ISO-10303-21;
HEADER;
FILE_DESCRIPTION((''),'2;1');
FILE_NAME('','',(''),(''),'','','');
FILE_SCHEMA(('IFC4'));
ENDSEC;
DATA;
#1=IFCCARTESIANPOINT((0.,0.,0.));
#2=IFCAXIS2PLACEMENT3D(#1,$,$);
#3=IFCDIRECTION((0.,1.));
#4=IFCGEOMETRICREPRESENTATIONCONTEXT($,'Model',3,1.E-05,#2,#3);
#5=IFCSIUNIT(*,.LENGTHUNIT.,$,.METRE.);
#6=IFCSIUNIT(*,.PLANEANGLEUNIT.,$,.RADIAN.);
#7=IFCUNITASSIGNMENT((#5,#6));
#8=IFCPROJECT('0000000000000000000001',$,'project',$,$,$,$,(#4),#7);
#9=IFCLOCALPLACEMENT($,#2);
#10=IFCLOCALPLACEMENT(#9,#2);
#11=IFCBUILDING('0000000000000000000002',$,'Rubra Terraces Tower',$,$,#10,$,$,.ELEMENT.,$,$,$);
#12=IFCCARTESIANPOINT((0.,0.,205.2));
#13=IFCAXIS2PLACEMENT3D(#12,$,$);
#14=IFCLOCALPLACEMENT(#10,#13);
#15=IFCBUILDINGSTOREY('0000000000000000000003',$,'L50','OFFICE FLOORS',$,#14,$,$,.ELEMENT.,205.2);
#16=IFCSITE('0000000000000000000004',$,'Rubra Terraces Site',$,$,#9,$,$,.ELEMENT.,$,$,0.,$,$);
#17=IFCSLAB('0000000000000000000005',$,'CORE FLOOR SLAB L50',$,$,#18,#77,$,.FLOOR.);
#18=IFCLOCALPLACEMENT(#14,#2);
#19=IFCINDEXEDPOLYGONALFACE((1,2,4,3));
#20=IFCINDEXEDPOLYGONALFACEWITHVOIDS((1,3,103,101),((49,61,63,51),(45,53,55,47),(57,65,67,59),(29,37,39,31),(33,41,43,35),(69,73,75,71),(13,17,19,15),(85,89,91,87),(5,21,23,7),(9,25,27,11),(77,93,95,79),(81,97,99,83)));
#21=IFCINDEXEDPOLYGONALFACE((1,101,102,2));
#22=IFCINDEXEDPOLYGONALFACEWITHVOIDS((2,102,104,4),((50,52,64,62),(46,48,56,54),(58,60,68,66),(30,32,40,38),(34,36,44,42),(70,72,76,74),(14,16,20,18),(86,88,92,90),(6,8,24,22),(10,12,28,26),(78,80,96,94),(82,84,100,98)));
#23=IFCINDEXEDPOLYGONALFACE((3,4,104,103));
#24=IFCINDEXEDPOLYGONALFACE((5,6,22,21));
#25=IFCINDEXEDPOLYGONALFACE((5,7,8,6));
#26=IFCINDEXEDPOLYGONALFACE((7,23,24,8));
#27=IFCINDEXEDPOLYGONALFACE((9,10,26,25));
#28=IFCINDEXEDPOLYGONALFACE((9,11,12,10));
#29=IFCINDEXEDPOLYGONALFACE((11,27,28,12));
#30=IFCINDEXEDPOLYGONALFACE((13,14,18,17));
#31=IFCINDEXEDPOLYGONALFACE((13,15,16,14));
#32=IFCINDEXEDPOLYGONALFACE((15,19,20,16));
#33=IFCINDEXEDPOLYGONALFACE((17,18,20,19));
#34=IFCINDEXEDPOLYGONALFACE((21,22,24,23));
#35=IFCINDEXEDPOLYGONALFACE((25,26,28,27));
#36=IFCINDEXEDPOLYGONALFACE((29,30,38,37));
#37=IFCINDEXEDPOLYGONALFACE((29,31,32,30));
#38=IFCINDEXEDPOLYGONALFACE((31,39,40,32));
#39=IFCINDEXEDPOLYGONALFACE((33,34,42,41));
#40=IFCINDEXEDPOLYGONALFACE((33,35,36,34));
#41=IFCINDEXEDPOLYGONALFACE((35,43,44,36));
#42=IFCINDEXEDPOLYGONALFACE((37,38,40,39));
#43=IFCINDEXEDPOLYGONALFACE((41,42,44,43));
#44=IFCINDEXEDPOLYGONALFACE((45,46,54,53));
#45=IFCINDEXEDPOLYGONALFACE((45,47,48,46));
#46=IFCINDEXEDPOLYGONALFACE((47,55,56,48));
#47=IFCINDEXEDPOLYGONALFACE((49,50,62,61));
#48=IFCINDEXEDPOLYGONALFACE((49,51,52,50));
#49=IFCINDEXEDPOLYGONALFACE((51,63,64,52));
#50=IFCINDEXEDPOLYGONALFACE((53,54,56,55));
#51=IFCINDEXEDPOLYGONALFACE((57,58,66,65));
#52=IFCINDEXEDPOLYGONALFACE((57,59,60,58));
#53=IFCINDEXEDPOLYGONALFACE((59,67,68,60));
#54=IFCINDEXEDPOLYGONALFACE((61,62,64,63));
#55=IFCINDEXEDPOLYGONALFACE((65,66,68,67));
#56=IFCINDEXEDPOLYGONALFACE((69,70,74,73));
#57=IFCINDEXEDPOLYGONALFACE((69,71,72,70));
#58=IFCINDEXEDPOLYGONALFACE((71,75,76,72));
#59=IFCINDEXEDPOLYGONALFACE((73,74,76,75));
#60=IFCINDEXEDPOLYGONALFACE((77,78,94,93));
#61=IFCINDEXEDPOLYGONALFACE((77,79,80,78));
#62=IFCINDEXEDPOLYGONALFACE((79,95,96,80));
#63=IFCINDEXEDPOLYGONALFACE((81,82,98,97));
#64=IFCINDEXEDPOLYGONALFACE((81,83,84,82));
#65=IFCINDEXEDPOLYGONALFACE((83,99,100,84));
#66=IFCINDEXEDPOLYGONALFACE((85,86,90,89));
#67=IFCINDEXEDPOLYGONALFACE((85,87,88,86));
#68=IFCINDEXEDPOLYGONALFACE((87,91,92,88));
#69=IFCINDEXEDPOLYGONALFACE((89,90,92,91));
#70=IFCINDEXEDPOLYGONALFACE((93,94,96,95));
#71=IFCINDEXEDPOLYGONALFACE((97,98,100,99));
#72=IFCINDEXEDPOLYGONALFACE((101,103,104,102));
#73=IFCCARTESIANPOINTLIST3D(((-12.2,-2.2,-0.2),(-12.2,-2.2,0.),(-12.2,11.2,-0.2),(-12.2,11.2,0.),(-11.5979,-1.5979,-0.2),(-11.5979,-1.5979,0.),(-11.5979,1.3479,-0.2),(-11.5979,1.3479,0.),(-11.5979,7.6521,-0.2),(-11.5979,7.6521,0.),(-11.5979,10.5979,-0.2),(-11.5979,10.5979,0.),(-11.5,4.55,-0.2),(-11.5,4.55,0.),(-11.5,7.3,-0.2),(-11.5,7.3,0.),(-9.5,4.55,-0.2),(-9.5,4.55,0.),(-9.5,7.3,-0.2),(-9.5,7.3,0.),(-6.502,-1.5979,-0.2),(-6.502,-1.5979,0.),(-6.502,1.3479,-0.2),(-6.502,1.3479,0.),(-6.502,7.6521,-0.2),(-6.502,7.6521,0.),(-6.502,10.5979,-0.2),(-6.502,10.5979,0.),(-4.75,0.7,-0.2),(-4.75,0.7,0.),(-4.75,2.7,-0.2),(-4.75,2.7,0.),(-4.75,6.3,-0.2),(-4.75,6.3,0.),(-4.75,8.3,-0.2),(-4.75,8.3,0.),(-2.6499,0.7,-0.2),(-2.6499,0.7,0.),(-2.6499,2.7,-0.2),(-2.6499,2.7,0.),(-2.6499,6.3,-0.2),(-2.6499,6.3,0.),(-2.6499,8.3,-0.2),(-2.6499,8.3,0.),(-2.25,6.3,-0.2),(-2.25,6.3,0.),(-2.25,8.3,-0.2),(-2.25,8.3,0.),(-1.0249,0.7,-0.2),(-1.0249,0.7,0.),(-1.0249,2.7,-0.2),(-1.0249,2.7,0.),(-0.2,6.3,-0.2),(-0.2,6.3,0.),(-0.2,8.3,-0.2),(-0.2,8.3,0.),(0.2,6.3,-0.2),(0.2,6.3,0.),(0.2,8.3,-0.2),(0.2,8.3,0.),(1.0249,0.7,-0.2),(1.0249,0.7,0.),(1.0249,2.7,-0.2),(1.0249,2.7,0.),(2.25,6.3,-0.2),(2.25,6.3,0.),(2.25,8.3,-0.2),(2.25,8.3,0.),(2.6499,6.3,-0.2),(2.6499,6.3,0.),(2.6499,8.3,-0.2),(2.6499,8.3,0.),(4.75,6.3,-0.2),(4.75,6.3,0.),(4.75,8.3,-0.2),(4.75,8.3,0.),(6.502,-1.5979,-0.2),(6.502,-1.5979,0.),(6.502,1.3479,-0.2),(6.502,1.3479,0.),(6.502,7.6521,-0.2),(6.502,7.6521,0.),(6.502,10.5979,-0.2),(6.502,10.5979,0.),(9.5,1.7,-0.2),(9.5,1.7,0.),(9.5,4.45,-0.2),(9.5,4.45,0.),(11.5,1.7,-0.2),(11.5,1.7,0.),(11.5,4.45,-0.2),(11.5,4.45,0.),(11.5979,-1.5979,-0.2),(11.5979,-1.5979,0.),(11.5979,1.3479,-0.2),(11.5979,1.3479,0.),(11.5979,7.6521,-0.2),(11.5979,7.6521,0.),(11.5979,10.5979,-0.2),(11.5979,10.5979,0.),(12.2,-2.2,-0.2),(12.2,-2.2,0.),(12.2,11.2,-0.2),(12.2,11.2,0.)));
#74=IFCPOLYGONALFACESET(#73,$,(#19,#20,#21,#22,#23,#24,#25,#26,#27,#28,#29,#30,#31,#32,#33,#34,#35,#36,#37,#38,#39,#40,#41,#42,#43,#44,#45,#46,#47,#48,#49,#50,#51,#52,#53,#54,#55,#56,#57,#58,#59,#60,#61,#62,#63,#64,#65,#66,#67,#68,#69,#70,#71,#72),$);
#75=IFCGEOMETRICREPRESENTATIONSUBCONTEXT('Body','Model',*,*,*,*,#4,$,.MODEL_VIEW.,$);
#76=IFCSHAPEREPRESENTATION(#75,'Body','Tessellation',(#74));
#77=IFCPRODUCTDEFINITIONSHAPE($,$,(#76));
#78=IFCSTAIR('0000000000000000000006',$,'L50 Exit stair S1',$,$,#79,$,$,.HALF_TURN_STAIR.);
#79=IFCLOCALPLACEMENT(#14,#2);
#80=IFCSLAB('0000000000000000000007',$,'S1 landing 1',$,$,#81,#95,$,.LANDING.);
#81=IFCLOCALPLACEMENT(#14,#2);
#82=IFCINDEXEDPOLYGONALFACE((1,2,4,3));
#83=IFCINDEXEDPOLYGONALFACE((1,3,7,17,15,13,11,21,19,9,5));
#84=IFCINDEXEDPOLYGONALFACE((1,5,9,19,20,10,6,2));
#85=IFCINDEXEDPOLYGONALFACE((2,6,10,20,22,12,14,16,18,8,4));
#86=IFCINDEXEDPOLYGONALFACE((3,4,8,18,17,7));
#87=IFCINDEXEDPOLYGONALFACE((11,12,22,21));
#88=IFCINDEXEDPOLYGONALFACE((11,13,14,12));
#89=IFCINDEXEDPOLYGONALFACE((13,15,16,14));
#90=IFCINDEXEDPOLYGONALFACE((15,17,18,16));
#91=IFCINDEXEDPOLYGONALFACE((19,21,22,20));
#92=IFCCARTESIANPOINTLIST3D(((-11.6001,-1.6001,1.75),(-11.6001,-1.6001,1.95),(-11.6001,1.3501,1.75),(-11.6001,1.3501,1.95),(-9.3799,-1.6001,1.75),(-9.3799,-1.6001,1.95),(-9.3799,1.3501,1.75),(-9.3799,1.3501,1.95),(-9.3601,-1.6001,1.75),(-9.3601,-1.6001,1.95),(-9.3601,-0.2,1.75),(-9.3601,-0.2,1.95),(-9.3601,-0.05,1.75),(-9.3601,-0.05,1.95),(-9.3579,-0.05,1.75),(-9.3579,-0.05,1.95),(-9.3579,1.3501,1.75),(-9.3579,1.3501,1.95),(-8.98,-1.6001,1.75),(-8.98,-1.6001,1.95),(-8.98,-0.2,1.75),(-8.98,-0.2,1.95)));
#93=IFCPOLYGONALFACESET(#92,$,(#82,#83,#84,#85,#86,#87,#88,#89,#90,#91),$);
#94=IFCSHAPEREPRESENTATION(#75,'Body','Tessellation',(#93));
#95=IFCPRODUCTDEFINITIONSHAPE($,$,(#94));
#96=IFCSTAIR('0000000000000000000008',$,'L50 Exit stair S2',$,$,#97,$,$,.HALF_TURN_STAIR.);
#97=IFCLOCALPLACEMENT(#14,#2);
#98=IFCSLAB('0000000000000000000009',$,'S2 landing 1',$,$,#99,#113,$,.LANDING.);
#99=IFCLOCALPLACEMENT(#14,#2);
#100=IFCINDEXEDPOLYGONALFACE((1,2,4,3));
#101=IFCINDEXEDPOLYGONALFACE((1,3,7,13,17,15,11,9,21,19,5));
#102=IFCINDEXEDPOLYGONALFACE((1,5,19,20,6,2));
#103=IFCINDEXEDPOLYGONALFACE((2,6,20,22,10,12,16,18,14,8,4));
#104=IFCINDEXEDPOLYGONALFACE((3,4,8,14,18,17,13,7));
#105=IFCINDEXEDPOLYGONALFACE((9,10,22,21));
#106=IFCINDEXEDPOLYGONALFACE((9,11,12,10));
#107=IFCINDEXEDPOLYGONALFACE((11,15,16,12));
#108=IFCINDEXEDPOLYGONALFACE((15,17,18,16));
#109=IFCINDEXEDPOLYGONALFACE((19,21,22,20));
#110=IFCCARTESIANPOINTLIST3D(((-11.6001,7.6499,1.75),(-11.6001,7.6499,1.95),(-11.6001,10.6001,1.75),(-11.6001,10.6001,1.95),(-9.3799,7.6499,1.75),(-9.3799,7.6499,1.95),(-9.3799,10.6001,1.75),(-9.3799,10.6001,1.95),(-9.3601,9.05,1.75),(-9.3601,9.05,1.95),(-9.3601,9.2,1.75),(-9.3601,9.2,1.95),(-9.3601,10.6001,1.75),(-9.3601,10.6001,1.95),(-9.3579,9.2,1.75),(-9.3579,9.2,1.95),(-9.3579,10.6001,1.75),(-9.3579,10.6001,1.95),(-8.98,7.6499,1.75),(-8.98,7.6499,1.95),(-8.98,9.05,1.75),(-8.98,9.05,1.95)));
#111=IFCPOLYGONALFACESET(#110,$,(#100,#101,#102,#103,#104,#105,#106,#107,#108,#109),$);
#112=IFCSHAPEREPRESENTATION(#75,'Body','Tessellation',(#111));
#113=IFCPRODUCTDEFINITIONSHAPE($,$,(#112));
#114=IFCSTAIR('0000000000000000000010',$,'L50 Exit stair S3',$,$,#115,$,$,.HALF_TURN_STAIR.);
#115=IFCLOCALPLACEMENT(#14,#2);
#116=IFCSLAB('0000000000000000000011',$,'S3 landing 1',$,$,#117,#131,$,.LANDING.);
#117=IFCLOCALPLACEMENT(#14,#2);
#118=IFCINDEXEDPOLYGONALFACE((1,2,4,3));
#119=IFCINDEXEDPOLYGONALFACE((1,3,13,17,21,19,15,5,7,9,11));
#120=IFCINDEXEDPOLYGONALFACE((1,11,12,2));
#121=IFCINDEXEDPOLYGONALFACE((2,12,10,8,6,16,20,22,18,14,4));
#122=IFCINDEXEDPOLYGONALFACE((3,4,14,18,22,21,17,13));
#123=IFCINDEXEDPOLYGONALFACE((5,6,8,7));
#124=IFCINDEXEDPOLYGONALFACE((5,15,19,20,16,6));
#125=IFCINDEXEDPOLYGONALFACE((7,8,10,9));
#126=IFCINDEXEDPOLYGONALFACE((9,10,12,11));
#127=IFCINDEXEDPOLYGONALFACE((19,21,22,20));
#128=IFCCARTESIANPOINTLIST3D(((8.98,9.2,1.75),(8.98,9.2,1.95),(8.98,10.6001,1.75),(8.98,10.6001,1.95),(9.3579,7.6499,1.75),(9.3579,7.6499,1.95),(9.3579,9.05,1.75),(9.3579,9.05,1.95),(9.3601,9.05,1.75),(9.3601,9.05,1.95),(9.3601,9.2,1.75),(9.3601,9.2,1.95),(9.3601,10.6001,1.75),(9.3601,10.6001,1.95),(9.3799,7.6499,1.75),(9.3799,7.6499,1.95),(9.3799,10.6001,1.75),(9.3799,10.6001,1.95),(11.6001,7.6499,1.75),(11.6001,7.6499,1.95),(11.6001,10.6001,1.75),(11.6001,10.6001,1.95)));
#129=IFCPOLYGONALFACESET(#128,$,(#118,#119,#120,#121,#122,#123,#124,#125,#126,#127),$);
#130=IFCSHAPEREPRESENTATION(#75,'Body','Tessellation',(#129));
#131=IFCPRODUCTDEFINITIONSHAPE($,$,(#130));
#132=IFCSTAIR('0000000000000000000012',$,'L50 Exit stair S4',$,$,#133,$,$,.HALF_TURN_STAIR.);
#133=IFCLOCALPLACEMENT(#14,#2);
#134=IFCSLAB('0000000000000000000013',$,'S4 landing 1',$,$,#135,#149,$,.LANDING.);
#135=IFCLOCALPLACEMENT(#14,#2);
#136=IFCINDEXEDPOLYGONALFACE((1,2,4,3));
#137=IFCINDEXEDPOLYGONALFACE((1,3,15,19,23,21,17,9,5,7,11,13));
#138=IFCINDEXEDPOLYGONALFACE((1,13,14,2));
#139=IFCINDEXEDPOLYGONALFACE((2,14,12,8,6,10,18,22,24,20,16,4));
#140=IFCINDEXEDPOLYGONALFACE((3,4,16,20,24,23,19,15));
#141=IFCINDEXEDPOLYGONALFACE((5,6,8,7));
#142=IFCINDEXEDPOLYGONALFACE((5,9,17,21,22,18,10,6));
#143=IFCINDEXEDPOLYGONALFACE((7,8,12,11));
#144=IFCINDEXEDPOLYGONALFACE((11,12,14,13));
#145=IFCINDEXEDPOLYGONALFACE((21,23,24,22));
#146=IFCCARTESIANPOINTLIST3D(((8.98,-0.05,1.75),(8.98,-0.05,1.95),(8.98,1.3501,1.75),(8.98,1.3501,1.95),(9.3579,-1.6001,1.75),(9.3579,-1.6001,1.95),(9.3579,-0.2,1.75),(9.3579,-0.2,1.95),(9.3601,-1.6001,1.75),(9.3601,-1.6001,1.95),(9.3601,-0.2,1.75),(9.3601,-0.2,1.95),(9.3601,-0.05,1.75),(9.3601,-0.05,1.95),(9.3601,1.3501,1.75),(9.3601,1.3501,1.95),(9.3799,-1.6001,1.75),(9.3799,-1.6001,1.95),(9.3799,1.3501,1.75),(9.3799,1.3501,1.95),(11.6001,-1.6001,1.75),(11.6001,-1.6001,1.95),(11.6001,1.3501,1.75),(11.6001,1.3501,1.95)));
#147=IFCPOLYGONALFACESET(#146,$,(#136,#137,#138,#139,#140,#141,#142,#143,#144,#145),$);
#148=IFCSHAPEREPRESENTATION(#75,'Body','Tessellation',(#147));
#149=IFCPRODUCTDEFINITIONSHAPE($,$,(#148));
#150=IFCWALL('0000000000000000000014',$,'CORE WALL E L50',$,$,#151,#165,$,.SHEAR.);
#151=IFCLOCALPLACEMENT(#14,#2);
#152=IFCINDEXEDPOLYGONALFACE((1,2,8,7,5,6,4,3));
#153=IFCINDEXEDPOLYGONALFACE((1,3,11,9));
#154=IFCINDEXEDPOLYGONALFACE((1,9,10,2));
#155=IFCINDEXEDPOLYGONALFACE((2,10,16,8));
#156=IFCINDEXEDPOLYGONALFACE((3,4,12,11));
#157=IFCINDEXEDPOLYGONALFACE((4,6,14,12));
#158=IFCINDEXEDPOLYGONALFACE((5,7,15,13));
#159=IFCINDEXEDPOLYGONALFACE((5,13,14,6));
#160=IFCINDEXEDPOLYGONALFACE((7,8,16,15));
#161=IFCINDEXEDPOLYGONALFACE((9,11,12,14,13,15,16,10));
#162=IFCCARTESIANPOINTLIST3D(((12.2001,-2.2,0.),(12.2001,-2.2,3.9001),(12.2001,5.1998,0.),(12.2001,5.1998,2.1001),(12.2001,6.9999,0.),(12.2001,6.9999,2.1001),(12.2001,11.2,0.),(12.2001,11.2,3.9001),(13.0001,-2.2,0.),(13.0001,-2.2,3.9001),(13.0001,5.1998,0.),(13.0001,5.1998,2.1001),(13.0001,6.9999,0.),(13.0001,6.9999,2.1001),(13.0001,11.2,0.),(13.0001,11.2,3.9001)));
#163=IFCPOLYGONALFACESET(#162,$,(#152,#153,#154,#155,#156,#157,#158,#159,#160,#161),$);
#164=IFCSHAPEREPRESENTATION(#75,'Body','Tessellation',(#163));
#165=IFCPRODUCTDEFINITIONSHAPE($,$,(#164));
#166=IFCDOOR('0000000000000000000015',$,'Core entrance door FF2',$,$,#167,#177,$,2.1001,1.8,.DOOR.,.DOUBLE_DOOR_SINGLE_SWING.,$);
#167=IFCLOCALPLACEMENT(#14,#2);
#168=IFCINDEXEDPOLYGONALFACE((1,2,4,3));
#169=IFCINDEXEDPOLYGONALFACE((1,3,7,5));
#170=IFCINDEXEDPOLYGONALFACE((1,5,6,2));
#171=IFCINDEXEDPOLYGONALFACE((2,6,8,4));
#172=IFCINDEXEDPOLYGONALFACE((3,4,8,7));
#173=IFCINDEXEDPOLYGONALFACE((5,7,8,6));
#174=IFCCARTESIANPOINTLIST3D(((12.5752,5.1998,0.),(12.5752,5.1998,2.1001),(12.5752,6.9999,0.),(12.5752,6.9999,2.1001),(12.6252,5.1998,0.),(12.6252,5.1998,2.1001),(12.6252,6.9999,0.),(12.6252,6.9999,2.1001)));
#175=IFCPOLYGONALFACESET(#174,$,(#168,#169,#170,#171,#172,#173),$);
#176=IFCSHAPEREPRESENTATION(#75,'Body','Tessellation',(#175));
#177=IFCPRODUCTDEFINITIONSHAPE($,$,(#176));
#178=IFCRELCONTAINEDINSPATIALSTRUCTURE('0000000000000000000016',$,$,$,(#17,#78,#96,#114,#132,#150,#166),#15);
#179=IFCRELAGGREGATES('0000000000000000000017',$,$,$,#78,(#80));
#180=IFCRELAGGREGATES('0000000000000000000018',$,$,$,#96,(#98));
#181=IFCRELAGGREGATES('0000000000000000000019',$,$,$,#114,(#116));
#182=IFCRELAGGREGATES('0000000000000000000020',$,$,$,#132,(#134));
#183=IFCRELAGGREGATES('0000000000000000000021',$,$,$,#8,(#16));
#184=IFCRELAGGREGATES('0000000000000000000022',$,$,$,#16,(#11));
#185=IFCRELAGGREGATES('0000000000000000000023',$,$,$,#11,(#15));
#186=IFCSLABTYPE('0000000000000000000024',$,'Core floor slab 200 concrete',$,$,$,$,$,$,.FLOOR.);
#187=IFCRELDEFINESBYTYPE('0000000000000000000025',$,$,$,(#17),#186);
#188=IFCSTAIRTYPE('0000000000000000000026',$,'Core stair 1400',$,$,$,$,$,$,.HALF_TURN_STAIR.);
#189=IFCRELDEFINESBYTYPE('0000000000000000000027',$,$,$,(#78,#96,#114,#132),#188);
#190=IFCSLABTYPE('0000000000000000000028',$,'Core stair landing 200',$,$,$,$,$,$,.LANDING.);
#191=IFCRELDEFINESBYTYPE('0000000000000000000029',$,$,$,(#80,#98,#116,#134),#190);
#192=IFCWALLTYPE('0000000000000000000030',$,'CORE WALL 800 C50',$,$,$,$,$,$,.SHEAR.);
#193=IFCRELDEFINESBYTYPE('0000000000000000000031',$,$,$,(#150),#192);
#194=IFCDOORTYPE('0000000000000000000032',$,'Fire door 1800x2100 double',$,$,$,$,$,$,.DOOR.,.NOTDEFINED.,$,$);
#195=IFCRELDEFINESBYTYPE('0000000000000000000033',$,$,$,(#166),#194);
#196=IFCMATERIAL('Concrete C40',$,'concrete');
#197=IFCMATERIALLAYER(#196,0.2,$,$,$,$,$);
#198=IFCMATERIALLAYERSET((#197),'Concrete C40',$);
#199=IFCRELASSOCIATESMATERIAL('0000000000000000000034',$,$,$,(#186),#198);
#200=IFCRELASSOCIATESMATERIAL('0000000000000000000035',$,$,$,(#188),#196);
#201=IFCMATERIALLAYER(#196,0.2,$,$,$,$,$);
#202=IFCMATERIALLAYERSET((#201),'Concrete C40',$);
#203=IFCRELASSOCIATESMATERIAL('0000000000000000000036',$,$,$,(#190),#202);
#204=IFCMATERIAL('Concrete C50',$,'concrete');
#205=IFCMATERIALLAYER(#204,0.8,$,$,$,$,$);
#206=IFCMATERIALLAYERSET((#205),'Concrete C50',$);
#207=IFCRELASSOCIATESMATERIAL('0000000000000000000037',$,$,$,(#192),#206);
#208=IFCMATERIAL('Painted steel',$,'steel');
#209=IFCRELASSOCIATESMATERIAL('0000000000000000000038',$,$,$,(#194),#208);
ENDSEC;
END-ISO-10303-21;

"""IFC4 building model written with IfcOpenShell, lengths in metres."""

from ifc_helpers import new_model, si_unit, direction, frame, frame_2d, origin, place, context, subcontext, project, spatial, polyline, rectangle, outline, extrude, material, layer, layer_set, type_object, element, fill, aggregate, save


model = new_model("IFC4")

# Units and contexts
model_context = context("Model", 3, precision=1e-05, world=origin(), true_north=direction((0.0, 1.0)))
body_context = subcontext(model_context, "Body", "Model", "MODEL_VIEW")
ifc_project = project(units=[si_unit("LENGTHUNIT", "METRE"), si_unit("PLANEANGLEUNIT", "RADIAN")], contexts=[model_context])

# Site, building, storey
site_placement = place(None, origin())
site = spatial("IfcSite", under=ifc_project, at=site_placement, Name="Rubra Terraces Site", CompositionType="ELEMENT", RefElevation=0.0)
building_placement = place(site_placement, origin())
building = spatial("IfcBuilding", under=site, at=building_placement, Name="Rubra Terraces Tower", CompositionType="ELEMENT")
storey_placement = place(building_placement, frame((0.0, 0.0, 205.2)))
storey = spatial("IfcBuildingStorey", under=building, at=storey_placement, Name="L50", Description="OFFICE FLOORS", CompositionType="ELEMENT", Elevation=205.2)

# Slab
ifc_material_1 = material(Name="Concrete C40", Category="concrete")
ifc_layer_1 = layer(ifc_material_1, 0.2)
ifc_layer_set_1 = layer_set([ifc_layer_1], Name="Concrete C40")
slab_type_1 = type_object("IfcSlabType", Name="Core floor slab 200 concrete", PredefinedType="FLOOR", material=ifc_layer_set_1)
slab_1_placement = place(storey_placement, frame((0.0, 0.0, -0.2)))
element("IfcSlab", 1, at=slab_1_placement, inside=storey, type_object=slab_type_1, Name="CORE FLOOR SLAB L50", PredefinedType="FLOOR", context=body_context, shape_type="SweptSolid", body=[
    extrude(outline(polyline([(-12.2, -2.2), (-12.2, 11.2), (12.2, 11.2), (12.2, -2.2), (-12.2, -2.2)]), holes=[polyline([(11.5979, 1.3479), (6.502, 1.3479), (6.502, -1.5979), (11.5979, -1.5979), (11.5979, 1.3479)]), polyline([(11.5979, 7.6521), (11.5979, 10.5979), (6.502, 10.5979), (6.502, 7.6521), (11.5979, 7.6521)]), polyline([(9.5, 1.7), (11.5, 1.7), (11.5, 4.45), (9.5, 4.45), (9.5, 1.7)]), polyline([(4.75, 6.3), (4.75, 8.3), (2.6499, 8.3), (2.6499, 6.3), (4.75, 6.3)]), polyline([(2.25, 8.3), (0.2, 8.3), (0.2, 6.3), (2.25, 6.3), (2.25, 8.3)]), polyline([(1.0249, 0.7), (1.0249, 2.7), (-1.0249, 2.7), (-1.0249, 0.7), (1.0249, 0.7)]), polyline([(-0.2, 6.3), (-0.2, 8.3), (-2.25, 8.3), (-2.25, 6.3), (-0.2, 6.3)]), polyline([(-4.75, 8.3), (-4.75, 6.3), (-2.6499, 6.3), (-2.6499, 8.3), (-4.75, 8.3)]), polyline([(-2.6499, 0.7), (-2.6499, 2.7), (-4.75, 2.7), (-4.75, 0.7), (-2.6499, 0.7)]), polyline([(-11.5979, -1.5979), (-6.502, -1.5979), (-6.502, 1.3479), (-11.5979, 1.3479), (-11.5979, -1.5979)]), polyline([(-11.5979, 10.5979), (-11.5979, 7.6521), (-6.502, 7.6521), (-6.502, 10.5979), (-11.5979, 10.5979)]), polyline([(-9.5, 4.55), (-9.5, 7.3), (-11.5, 7.3), (-11.5, 4.55), (-9.5, 4.55)])]), origin(), (0.0, 0.0, 1.0), 0.2),
])

# Stairs, slabs
stair_type = type_object("IfcStairType", Name="Core stair 1400", PredefinedType="HALF_TURN_STAIR", material=ifc_material_1)
stair_1_placement = place(storey_placement, origin())
stair_1 = element("IfcStair", 2, at=stair_1_placement, inside=storey, type_object=stair_type, Name="L50 Exit stair S1", PredefinedType="HALF_TURN_STAIR")
ifc_layer_2 = layer(ifc_material_1, 0.2)
ifc_layer_set_2 = layer_set([ifc_layer_2], Name="Concrete C40")
slab_type_2 = type_object("IfcSlabType", Name="Core stair landing 200", PredefinedType="LANDING", material=ifc_layer_set_2)
slab_2_placement = place(storey_placement, frame((0.0, 0.0, 1.75)))
slab_2 = element("IfcSlab", 3, at=slab_2_placement, type_object=slab_type_2, Name="S1 landing 1", PredefinedType="LANDING", context=body_context, shape_type="SweptSolid", body=[
    extrude(outline(polyline([(-8.98, -0.2), (-8.98, -1.6001), (-9.3601, -1.6001), (-9.3799, -1.6001), (-11.6001, -1.6001), (-11.6001, 1.3501), (-9.3799, 1.3501), (-9.3579, 1.3501), (-9.3579, -0.05), (-9.3601, -0.05), (-9.3601, -0.2), (-8.98, -0.2)])), origin(), (0.0, 0.0, 1.0), 0.2),
])
aggregate(stair_1, [slab_2])
stair_2_placement = place(storey_placement, origin())
stair_2 = element("IfcStair", 4, at=stair_2_placement, inside=storey, type_object=stair_type, Name="L50 Exit stair S2", PredefinedType="HALF_TURN_STAIR")
slab_3_placement = place(storey_placement, frame((0.0, 0.0, 1.75)))
slab_3 = element("IfcSlab", 5, at=slab_3_placement, type_object=slab_type_2, Name="S2 landing 1", PredefinedType="LANDING", context=body_context, shape_type="SweptSolid", body=[
    extrude(outline(polyline([(-8.98, 9.05), (-8.98, 7.6499), (-9.3799, 7.6499), (-11.6001, 7.6499), (-11.6001, 10.6001), (-9.3799, 10.6001), (-9.3601, 10.6001), (-9.3579, 10.6001), (-9.3579, 9.2), (-9.3601, 9.2), (-9.3601, 9.05), (-8.98, 9.05)])), origin(), (0.0, 0.0, 1.0), 0.2),
])
aggregate(stair_2, [slab_3])
stair_3_placement = place(storey_placement, origin())
stair_3 = element("IfcStair", 6, at=stair_3_placement, inside=storey, type_object=stair_type, Name="L50 Exit stair S3", PredefinedType="HALF_TURN_STAIR")
slab_4_placement = place(storey_placement, frame((0.0, 0.0, 1.75)))
slab_4 = element("IfcSlab", 7, at=slab_4_placement, type_object=slab_type_2, Name="S3 landing 1", PredefinedType="LANDING", context=body_context, shape_type="SweptSolid", body=[
    extrude(outline(polyline([(9.3601, 9.05), (9.3601, 9.2), (8.98, 9.2), (8.98, 10.6001), (9.3601, 10.6001), (9.3799, 10.6001), (11.6001, 10.6001), (11.6001, 7.6499), (9.3799, 7.6499), (9.3579, 7.6499), (9.3579, 9.05), (9.3601, 9.05)])), origin(), (0.0, 0.0, 1.0), 0.2),
])
aggregate(stair_3, [slab_4])
stair_4_placement = place(storey_placement, origin())
stair_4 = element("IfcStair", 8, at=stair_4_placement, inside=storey, type_object=stair_type, Name="L50 Exit stair S4", PredefinedType="HALF_TURN_STAIR")
slab_5_placement = place(storey_placement, frame((0.0, 0.0, 1.75)))
slab_5 = element("IfcSlab", 9, at=slab_5_placement, type_object=slab_type_2, Name="S4 landing 1", PredefinedType="LANDING", context=body_context, shape_type="SweptSolid", body=[
    extrude(outline(polyline([(9.3601, -0.2), (9.3601, -0.05), (8.98, -0.05), (8.98, 1.3501), (9.3601, 1.3501), (9.3799, 1.3501), (11.6001, 1.3501), (11.6001, -1.6001), (9.3799, -1.6001), (9.3601, -1.6001), (9.3579, -1.6001), (9.3579, -0.2), (9.3601, -0.2)])), origin(), (0.0, 0.0, 1.0), 0.2),
])

# Wall, opening, door
ifc_material_2 = material(Name="Concrete C50", Category="concrete")
ifc_layer_3 = layer(ifc_material_2, 0.8)
ifc_layer_set_3 = layer_set([ifc_layer_3], Name="Concrete C50")
wall_type_1 = type_object("IfcWallType", Name="CORE WALL 800 C50", PredefinedType="SHEAR", material=ifc_layer_set_3)
wall_1_placement = place(storey_placement, frame((12.6001, -2.2, 0.0), z_axis=(0.0, 0.0, 1.0), x_axis=(0.0, 1.0, 0.0)))
wall_1 = element("IfcWall", 10, at=wall_1_placement, inside=storey, type_object=wall_type_1, Name="CORE WALL E L50", PredefinedType="SHEAR", context=body_context, shape_type="SweptSolid", body=[
    extrude(rectangle(XDim=13.3999, YDim=0.8, at=frame_2d((6.7, 0.0))), origin(), (0.0, 0.0, 1.0), 3.9001),
])
opening_1_placement = place(wall_1_placement, frame((7.3999, 0.0, 0.0)))
opening_1 = element("IfcOpeningElement", 11, at=opening_1_placement, cuts=wall_1, PredefinedType="OPENING", context=body_context, shape_type="SweptSolid", body=[
    extrude(rectangle(XDim=1.8, YDim=2.1001, at=frame_2d((0.8999, 1.05))), frame((0.0, 0.4099, 0.0), z_axis=(0.0, -1.0, 0.0), x_axis=(1.0, 0.0, 0.0)), (0.0, 0.0, 1.0), 0.8201),
])
ifc_material_3 = material(Name="Painted steel", Category="steel")
door_type_1 = type_object("IfcDoorType", Name="Fire door 1800x2100 double", OperationType="NOTDEFINED", PredefinedType="DOOR", material=ifc_material_3)
door_1_placement = place(opening_1_placement, origin())
door_1 = element("IfcDoor", 12, at=door_1_placement, inside=storey, type_object=door_type_1, Name="Core entrance door FF2", OperationType="DOUBLE_DOOR_SINGLE_SWING", OverallHeight=2.1001, OverallWidth=1.8, PredefinedType="DOOR", context=body_context, shape_type="SweptSolid", body=[
    extrude(rectangle(XDim=1.8, YDim=2.1001, at=frame_2d((0.8999, 1.05))), frame((0.0, 0.0249, 0.0), z_axis=(0.0, -1.0, 0.0), x_axis=(1.0, 0.0, 0.0)), (0.0, 0.0, 1.0), 0.05),
])
fill(opening_1, door_1)

aggregate(stair_4, [slab_5])

save(model, "model.ifc")
